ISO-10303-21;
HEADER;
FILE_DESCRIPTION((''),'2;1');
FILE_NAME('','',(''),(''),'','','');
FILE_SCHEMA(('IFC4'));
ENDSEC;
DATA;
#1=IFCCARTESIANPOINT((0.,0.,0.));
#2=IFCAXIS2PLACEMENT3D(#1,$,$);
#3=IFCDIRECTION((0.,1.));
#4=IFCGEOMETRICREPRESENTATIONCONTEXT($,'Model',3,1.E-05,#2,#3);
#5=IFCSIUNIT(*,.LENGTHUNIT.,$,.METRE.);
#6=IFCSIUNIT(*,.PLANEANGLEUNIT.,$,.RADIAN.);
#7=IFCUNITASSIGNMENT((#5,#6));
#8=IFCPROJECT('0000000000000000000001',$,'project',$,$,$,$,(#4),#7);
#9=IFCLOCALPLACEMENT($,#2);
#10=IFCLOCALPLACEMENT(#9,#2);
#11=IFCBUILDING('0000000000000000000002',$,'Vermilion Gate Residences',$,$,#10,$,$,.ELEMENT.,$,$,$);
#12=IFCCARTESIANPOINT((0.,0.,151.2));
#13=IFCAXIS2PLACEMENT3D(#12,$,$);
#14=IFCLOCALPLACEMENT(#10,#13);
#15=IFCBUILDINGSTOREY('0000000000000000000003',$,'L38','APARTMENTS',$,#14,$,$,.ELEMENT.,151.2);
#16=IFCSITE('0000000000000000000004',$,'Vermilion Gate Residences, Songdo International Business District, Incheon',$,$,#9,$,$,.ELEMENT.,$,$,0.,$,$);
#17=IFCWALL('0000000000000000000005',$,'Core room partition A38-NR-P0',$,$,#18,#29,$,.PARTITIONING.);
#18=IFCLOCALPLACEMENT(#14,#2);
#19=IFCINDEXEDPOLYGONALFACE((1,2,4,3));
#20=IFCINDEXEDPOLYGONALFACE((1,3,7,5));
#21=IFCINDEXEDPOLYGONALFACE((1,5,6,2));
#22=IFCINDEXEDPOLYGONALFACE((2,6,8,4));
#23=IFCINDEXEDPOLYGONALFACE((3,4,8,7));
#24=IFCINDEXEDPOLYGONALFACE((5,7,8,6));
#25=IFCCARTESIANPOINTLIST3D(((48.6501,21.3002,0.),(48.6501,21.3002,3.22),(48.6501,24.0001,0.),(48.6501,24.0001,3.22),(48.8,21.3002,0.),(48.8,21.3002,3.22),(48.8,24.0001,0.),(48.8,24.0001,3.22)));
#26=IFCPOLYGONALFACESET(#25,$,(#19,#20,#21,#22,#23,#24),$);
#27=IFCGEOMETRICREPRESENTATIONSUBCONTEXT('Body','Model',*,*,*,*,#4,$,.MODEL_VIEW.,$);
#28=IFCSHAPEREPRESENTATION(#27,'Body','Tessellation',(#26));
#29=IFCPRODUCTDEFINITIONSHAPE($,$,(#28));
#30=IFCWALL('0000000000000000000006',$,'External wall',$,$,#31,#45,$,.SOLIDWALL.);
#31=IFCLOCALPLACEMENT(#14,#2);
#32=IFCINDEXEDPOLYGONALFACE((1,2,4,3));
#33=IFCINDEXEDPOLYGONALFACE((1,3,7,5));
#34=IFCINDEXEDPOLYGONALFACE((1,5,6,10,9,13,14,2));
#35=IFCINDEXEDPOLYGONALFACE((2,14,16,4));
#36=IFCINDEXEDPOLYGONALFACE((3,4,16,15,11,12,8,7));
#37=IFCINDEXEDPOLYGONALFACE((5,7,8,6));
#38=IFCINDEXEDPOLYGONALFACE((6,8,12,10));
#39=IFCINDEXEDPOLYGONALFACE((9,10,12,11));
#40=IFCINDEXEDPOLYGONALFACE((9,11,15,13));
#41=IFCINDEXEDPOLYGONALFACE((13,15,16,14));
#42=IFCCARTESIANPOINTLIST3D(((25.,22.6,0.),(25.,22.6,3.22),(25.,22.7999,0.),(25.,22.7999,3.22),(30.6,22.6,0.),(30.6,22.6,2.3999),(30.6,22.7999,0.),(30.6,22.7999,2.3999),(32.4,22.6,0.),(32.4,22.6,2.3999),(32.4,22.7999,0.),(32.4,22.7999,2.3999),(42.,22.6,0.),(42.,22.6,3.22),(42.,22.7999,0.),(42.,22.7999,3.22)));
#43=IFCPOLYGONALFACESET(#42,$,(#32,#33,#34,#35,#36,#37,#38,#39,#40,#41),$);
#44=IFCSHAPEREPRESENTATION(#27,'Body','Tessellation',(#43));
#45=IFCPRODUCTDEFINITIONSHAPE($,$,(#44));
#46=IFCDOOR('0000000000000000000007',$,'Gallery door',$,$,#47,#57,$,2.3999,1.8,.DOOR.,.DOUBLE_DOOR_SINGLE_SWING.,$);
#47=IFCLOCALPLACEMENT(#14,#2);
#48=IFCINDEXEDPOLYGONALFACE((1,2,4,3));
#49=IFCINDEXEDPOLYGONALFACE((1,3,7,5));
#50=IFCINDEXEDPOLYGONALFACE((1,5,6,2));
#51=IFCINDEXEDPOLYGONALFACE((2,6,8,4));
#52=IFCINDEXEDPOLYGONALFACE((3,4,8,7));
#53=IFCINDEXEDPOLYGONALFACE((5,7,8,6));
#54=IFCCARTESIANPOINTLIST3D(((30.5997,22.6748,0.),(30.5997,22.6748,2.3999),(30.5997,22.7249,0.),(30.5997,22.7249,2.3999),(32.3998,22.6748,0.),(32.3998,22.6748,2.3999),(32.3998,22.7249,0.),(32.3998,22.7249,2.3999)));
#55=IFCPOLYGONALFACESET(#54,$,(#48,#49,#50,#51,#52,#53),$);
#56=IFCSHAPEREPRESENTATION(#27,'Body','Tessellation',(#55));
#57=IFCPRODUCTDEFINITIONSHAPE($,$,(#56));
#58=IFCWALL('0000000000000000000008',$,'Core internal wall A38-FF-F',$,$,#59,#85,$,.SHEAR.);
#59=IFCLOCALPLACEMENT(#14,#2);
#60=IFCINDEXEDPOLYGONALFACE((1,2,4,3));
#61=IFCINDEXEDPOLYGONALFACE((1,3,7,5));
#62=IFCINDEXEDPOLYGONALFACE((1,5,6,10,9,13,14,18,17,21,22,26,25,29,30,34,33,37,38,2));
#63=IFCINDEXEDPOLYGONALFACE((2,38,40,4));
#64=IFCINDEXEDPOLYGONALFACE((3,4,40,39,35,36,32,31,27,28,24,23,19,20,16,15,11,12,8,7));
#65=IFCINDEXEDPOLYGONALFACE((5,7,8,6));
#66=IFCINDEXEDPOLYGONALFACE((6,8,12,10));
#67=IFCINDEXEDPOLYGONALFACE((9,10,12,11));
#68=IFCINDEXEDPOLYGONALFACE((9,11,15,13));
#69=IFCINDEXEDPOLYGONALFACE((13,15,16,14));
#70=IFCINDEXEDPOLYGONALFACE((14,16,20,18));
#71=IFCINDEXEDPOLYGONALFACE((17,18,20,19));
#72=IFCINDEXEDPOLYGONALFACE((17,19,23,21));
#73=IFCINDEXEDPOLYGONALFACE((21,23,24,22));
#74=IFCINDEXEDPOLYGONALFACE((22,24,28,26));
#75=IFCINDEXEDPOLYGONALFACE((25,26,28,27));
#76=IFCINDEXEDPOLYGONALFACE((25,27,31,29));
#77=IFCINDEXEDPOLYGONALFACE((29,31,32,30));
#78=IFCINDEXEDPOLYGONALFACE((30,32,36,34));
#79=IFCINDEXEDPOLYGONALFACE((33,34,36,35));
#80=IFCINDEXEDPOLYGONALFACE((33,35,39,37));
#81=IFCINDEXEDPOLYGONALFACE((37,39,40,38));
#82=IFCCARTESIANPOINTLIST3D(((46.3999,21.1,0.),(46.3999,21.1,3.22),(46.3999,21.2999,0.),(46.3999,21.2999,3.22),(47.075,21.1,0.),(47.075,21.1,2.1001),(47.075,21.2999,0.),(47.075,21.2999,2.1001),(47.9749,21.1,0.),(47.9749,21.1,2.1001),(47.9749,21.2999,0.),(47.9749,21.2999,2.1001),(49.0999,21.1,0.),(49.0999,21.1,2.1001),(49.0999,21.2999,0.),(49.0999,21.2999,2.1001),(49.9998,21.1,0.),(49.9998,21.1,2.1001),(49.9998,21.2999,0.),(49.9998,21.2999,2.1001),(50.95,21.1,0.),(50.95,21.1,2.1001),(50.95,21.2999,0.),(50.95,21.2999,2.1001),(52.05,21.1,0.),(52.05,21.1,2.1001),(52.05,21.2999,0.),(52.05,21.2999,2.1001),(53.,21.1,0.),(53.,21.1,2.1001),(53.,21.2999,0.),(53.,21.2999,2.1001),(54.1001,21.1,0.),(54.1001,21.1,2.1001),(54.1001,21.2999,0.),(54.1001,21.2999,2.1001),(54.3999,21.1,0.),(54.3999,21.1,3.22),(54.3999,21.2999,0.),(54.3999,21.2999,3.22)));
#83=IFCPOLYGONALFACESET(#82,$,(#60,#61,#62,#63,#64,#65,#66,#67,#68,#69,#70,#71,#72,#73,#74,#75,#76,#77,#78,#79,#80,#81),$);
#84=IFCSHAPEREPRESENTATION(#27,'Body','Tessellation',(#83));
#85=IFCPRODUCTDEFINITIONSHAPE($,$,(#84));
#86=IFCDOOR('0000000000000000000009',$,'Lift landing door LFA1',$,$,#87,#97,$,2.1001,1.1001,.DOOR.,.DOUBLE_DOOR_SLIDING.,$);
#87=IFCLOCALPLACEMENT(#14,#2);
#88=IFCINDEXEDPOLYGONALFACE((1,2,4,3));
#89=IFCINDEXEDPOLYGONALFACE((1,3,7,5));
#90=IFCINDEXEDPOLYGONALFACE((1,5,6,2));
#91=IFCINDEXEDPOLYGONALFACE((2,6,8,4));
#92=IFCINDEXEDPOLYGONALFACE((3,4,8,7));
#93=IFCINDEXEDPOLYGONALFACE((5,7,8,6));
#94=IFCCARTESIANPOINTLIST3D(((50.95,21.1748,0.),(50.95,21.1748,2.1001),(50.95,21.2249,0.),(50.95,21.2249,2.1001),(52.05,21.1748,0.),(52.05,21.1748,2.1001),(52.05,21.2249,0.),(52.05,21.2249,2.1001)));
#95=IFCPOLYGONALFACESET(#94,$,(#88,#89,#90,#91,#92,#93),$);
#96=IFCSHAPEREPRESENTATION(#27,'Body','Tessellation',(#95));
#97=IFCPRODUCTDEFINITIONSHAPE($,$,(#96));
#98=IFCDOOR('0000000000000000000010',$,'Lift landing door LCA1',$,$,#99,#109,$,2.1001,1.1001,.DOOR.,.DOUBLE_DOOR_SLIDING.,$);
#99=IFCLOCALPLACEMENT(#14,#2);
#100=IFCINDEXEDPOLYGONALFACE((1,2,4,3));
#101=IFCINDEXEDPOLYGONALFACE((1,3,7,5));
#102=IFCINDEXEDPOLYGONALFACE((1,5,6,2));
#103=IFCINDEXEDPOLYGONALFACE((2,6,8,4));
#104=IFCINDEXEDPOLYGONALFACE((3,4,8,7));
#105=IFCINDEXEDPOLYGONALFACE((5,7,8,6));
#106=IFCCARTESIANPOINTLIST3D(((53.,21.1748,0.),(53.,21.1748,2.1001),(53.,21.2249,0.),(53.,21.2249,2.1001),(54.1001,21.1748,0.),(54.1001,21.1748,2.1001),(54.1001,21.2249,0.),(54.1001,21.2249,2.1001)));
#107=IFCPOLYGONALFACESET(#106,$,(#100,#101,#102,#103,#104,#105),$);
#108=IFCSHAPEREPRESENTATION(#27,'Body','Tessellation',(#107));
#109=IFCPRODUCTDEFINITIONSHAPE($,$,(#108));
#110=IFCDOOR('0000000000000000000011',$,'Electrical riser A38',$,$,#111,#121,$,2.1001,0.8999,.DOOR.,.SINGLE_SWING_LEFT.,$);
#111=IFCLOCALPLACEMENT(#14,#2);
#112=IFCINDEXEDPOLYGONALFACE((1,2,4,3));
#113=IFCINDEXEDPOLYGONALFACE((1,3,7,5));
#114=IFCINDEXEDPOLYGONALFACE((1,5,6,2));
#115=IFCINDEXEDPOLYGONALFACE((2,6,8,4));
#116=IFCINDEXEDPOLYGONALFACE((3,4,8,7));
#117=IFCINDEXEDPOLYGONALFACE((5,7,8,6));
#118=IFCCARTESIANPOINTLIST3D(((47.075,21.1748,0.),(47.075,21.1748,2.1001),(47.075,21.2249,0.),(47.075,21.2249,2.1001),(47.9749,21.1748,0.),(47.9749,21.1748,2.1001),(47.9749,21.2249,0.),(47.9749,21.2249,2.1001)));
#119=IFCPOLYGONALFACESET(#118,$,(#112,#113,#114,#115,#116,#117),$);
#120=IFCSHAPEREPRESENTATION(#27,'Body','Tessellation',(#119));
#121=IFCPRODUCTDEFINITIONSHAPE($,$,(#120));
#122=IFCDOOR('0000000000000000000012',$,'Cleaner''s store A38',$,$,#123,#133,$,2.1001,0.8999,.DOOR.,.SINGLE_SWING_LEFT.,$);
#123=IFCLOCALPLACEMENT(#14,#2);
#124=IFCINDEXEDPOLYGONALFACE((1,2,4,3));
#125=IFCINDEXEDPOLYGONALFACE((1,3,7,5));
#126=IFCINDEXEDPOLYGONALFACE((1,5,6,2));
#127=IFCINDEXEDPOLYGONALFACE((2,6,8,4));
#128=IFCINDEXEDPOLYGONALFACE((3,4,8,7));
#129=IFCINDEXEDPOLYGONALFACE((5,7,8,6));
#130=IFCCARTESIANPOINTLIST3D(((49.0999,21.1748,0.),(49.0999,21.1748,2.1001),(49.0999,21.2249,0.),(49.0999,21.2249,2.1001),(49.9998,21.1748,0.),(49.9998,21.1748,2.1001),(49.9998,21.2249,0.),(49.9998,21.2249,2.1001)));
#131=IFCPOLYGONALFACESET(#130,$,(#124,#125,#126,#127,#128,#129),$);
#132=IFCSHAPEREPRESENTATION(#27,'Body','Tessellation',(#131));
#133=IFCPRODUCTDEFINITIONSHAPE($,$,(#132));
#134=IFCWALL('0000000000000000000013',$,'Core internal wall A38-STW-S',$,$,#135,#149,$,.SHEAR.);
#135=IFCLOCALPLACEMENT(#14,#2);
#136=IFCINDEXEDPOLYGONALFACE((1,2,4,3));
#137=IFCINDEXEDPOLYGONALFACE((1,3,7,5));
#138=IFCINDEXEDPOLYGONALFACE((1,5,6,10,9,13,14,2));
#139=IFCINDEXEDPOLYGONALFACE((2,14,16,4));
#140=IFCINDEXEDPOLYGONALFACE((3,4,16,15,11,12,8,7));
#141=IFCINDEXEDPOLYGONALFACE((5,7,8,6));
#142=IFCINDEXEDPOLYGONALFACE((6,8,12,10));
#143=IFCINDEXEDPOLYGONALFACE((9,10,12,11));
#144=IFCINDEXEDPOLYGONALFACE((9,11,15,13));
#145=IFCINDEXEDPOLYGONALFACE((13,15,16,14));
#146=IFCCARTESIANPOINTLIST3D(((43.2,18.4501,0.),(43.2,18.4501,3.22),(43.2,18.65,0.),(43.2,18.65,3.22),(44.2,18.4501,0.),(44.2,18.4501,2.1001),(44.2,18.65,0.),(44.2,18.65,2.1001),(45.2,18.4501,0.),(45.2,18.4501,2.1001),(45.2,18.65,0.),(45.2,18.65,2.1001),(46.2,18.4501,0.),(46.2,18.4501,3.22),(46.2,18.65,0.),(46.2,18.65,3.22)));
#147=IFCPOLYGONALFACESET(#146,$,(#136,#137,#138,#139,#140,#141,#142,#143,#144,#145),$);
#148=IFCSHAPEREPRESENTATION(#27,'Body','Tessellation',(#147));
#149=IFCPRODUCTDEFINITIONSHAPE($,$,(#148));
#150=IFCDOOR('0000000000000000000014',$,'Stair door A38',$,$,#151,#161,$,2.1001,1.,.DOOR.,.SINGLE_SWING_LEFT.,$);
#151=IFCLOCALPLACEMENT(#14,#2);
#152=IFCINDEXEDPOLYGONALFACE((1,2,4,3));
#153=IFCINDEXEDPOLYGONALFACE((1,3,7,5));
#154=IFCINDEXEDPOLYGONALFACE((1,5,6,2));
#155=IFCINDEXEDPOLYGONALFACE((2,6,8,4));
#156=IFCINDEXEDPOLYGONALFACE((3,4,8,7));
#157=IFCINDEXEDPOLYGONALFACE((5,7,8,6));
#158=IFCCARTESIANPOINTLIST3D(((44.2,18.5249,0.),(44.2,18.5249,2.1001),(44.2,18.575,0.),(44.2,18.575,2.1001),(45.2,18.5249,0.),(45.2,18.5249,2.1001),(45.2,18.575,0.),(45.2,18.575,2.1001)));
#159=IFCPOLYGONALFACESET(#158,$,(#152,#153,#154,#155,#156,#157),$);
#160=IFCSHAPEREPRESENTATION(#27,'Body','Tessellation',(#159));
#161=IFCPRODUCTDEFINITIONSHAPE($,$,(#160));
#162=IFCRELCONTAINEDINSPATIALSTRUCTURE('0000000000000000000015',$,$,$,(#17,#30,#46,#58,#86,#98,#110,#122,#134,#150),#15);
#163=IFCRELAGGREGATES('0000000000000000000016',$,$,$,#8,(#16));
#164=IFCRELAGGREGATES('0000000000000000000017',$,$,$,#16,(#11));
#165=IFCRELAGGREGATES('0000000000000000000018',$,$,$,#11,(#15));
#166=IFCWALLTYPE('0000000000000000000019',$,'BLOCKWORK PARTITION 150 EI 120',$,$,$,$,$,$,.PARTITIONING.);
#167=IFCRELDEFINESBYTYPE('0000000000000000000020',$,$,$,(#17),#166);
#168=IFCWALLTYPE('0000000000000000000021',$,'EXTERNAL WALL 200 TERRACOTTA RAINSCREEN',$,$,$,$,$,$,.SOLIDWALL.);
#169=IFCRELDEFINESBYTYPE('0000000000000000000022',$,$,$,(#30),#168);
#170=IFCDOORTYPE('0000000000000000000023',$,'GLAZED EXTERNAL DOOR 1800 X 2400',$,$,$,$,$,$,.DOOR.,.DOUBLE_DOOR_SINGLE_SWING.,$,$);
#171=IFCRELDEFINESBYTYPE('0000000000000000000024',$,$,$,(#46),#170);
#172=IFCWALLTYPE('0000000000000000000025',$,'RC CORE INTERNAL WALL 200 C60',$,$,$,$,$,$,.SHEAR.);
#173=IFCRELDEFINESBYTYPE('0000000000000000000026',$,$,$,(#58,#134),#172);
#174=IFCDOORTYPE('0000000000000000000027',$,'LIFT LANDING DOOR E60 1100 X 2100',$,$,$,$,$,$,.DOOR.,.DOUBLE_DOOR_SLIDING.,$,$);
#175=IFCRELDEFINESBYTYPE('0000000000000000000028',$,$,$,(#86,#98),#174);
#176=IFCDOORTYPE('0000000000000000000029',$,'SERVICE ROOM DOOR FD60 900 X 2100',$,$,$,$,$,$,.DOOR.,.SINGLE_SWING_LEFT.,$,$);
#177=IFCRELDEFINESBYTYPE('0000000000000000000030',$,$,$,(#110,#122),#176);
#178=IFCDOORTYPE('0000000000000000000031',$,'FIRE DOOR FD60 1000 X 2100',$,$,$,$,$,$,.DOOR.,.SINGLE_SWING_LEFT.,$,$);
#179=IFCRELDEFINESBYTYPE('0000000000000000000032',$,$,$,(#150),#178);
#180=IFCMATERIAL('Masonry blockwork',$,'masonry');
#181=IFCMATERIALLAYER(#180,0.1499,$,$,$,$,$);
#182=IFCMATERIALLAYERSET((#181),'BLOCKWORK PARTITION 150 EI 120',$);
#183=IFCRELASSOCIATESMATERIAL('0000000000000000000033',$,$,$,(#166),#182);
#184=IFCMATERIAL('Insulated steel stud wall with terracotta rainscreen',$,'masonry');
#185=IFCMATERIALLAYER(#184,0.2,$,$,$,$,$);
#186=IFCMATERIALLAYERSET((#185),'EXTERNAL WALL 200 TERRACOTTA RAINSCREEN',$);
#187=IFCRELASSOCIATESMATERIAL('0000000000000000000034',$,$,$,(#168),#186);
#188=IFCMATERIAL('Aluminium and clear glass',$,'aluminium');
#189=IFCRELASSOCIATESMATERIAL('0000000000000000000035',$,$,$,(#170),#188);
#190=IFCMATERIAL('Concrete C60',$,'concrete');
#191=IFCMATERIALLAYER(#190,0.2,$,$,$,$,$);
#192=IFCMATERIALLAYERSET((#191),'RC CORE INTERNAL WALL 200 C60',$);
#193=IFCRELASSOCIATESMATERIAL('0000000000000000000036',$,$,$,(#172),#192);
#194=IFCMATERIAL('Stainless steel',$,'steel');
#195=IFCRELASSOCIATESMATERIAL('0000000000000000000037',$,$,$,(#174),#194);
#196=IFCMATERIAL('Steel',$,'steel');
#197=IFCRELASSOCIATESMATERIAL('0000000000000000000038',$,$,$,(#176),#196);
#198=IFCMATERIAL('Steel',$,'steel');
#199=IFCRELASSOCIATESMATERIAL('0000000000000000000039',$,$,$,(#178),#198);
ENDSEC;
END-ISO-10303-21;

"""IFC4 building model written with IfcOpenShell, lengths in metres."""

from ifc_helpers import new_model, si_unit, direction, frame, frame_2d, origin, place, context, subcontext, project, spatial, rectangle, extrude, material, layer, layer_set, type_object, element, fill, save


model = new_model("IFC4")

# Units and contexts
model_context = context("Model", 3, precision=1e-05, world=origin(), true_north=direction((0.0, 1.0)))
body_context = subcontext(model_context, "Body", "Model", "MODEL_VIEW")
ifc_project = project(units=[si_unit("LENGTHUNIT", "METRE"), si_unit("PLANEANGLEUNIT", "RADIAN")], contexts=[model_context])

# Site, building, storey
site_placement = place(None, origin())
site = spatial("IfcSite", under=ifc_project, at=site_placement, Name="Vermilion Gate Residences, Songdo International Business District, Incheon", CompositionType="ELEMENT", RefElevation=0.0)
building_placement = place(site_placement, origin())
building = spatial("IfcBuilding", under=site, at=building_placement, Name="Vermilion Gate Residences", CompositionType="ELEMENT")
storey_placement = place(building_placement, frame((0.0, 0.0, 151.2)))
storey = spatial("IfcBuildingStorey", under=building, at=storey_placement, Name="L38", Description="APARTMENTS", CompositionType="ELEMENT", Elevation=151.2)

# Wall
ifc_material_1 = material(Name="Masonry blockwork", Category="masonry")
ifc_layer_1 = layer(ifc_material_1, 0.1499)
ifc_layer_set_1 = layer_set([ifc_layer_1], Name="BLOCKWORK PARTITION 150 EI 120")
wall_type_1 = type_object("IfcWallType", Name="BLOCKWORK PARTITION 150 EI 120", PredefinedType="PARTITIONING", material=ifc_layer_set_1)
wall_1_placement = place(storey_placement, frame((48.7251, 21.3, 0.0), z_axis=(0.0, 0.0, 1.0), x_axis=(0.0, 1.0, 0.0)))
element("IfcWall", 1, at=wall_1_placement, inside=storey, type_object=wall_type_1, Name="Core room partition A38-NR-P0", PredefinedType="PARTITIONING", context=body_context, shape_type="SweptSolid", body=[
    extrude(rectangle(XDim=2.7, YDim=0.1499, at=frame_2d((1.3501, 0.0))), origin(), (0.0, 0.0, 1.0), 3.22),
])

# Wall, opening, door
ifc_material_2 = material(Name="Insulated steel stud wall with terracotta rainscreen", Category="masonry")
ifc_layer_2 = layer(ifc_material_2, 0.2)
ifc_layer_set_2 = layer_set([ifc_layer_2], Name="EXTERNAL WALL 200 TERRACOTTA RAINSCREEN")
wall_type_2 = type_object("IfcWallType", Name="EXTERNAL WALL 200 TERRACOTTA RAINSCREEN", PredefinedType="SOLIDWALL", material=ifc_layer_set_2)
wall_2_placement = place(storey_placement, frame((42.0, 22.7, 0.0), z_axis=(0.0, 0.0, 1.0), x_axis=(-1.0, 0.0, 0.0)))
wall_2 = element("IfcWall", 2, at=wall_2_placement, inside=storey, type_object=wall_type_2, Name="External wall", PredefinedType="SOLIDWALL", context=body_context, shape_type="SweptSolid", body=[
    extrude(rectangle(XDim=17.0, YDim=0.2, at=frame_2d((8.5, 0.0))), origin(), (0.0, 0.0, 1.0), 3.22),
])
opening_1_placement = place(wall_2_placement, frame((9.6001, 0.0, 0.0)))
opening_1 = element("IfcOpeningElement", 3, at=opening_1_placement, cuts=wall_2, PredefinedType="OPENING", context=body_context, shape_type="SweptSolid", body=[
    extrude(rectangle(XDim=1.8, YDim=2.3999, at=frame_2d((0.8999, 1.2))), frame((0.0, 0.1099, 0.0), z_axis=(0.0, -1.0, 0.0), x_axis=(1.0, 0.0, 0.0)), (0.0, 0.0, 1.0), 0.22),
])
ifc_material_3 = material(Name="Aluminium and clear glass", Category="aluminium")
door_type_1 = type_object("IfcDoorType", Name="GLAZED EXTERNAL DOOR 1800 X 2400", OperationType="DOUBLE_DOOR_SINGLE_SWING", PredefinedType="DOOR", material=ifc_material_3)
door_1_placement = place(opening_1_placement, frame((1.8, 0.0, 0.0), z_axis=(0.0, 0.0, 1.0), x_axis=(-1.0, 0.0, 0.0)))
door_1 = element("IfcDoor", 4, at=door_1_placement, inside=storey, type_object=door_type_1, Name="Gallery door", OperationType="DOUBLE_DOOR_SINGLE_SWING", OverallHeight=2.3999, OverallWidth=1.8, PredefinedType="DOOR", context=body_context, shape_type="SweptSolid", body=[
    extrude(rectangle(XDim=1.8, YDim=2.3999, at=frame_2d((0.8999, 1.2))), frame((0.0, 0.0249, 0.0), z_axis=(0.0, -1.0, 0.0), x_axis=(1.0, 0.0, 0.0)), (0.0, 0.0, 1.0), 0.05),
])
fill(opening_1, door_1)

# Wall, openings, doors
ifc_material_4 = material(Name="Concrete C60", Category="concrete")
ifc_layer_3 = layer(ifc_material_4, 0.2)
ifc_layer_set_3 = layer_set([ifc_layer_3], Name="RC CORE INTERNAL WALL 200 C60")
wall_type_3 = type_object("IfcWallType", Name="RC CORE INTERNAL WALL 200 C60", PredefinedType="SHEAR", material=ifc_layer_set_3)
wall_3_placement = place(storey_placement, frame((46.3999, 21.2, 0.0), z_axis=(0.0, 0.0, 1.0), x_axis=(1.0, 0.0, 0.0)))
wall_3 = element("IfcWall", 5, at=wall_3_placement, inside=storey, type_object=wall_type_3, Name="Core internal wall A38-FF-F", PredefinedType="SHEAR", context=body_context, shape_type="SweptSolid", body=[
    extrude(rectangle(XDim=8.0, YDim=0.2, at=frame_2d((4.0, 0.0))), origin(), (0.0, 0.0, 1.0), 3.22),
])
opening_2_placement = place(wall_3_placement, frame((0.675, 0.0, 0.0)))
opening_2 = element("IfcOpeningElement", 6, at=opening_2_placement, cuts=wall_3, PredefinedType="OPENING", context=body_context, shape_type="SweptSolid", body=[
    extrude(rectangle(XDim=0.8999, YDim=2.1001, at=frame_2d((0.45, 1.05))), frame((0.0, 0.1099, 0.0), z_axis=(0.0, -1.0, 0.0), x_axis=(1.0, 0.0, 0.0)), (0.0, 0.0, 1.0), 0.22),
])
opening_3_placement = place(wall_3_placement, frame((2.7, 0.0, 0.0)))
opening_3 = element("IfcOpeningElement", 7, at=opening_3_placement, cuts=wall_3, PredefinedType="OPENING", context=body_context, shape_type="SweptSolid", body=[
    extrude(rectangle(XDim=0.8999, YDim=2.1001, at=frame_2d((0.45, 1.05))), frame((0.0, 0.1099, 0.0), z_axis=(0.0, -1.0, 0.0), x_axis=(1.0, 0.0, 0.0)), (0.0, 0.0, 1.0), 0.22),
])
opening_4_placement = place(wall_3_placement, frame((4.55, 0.0, 0.0)))
opening_4 = element("IfcOpeningElement", 8, at=opening_4_placement, cuts=wall_3, PredefinedType="OPENING", context=body_context, shape_type="SweptSolid", body=[
    extrude(rectangle(XDim=1.1001, YDim=2.1001, at=frame_2d((0.55, 1.05))), frame((0.0, 0.1099, 0.0), z_axis=(0.0, -1.0, 0.0), x_axis=(1.0, 0.0, 0.0)), (0.0, 0.0, 1.0), 0.22),
])
opening_5_placement = place(wall_3_placement, frame((6.6001, 0.0, 0.0)))
opening_5 = element("IfcOpeningElement", 9, at=opening_5_placement, cuts=wall_3, PredefinedType="OPENING", context=body_context, shape_type="SweptSolid", body=[
    extrude(rectangle(XDim=1.1001, YDim=2.1001, at=frame_2d((0.55, 1.05))), frame((0.0, 0.1099, 0.0), z_axis=(0.0, -1.0, 0.0), x_axis=(1.0, 0.0, 0.0)), (0.0, 0.0, 1.0), 0.22),
])
ifc_material_5 = material(Name="Stainless steel", Category="steel")
door_type_2 = type_object("IfcDoorType", Name="LIFT LANDING DOOR E60 1100 X 2100", OperationType="DOUBLE_DOOR_SLIDING", PredefinedType="DOOR", material=ifc_material_5)
door_2_placement = place(opening_4_placement, origin())
door_2 = element("IfcDoor", 10, at=door_2_placement, inside=storey, type_object=door_type_2, Name="Lift landing door LFA1", OperationType="DOUBLE_DOOR_SLIDING", OverallHeight=2.1001, OverallWidth=1.1001, PredefinedType="DOOR", context=body_context, shape_type="SweptSolid", body=[
    extrude(rectangle(XDim=1.1001, YDim=2.1001, at=frame_2d((0.55, 1.05))), frame((0.0, 0.0249, 0.0), z_axis=(0.0, -1.0, 0.0), x_axis=(1.0, 0.0, 0.0)), (0.0, 0.0, 1.0), 0.05),
])
fill(opening_4, door_2)
door_3_placement = place(opening_5_placement, origin())
door_3 = element("IfcDoor", 11, at=door_3_placement, inside=storey, type_object=door_type_2, Name="Lift landing door LCA1", OperationType="DOUBLE_DOOR_SLIDING", OverallHeight=2.1001, OverallWidth=1.1001, PredefinedType="DOOR", context=body_context, shape_type="SweptSolid", body=[
    extrude(rectangle(XDim=1.1001, YDim=2.1001, at=frame_2d((0.55, 1.05))), frame((0.0, 0.0249, 0.0), z_axis=(0.0, -1.0, 0.0), x_axis=(1.0, 0.0, 0.0)), (0.0, 0.0, 1.0), 0.05),
])
fill(opening_5, door_3)
ifc_material_6 = material(Name="Steel", Category="steel")
door_type_3 = type_object("IfcDoorType", Name="SERVICE ROOM DOOR FD60 900 X 2100", OperationType="SINGLE_SWING_LEFT", PredefinedType="DOOR", material=ifc_material_6)
door_4_placement = place(opening_2_placement, origin())
door_4 = element("IfcDoor", 12, at=door_4_placement, inside=storey, type_object=door_type_3, Name="Electrical riser A38", OperationType="SINGLE_SWING_LEFT", OverallHeight=2.1001, OverallWidth=0.8999, PredefinedType="DOOR", context=body_context, shape_type="SweptSolid", body=[
    extrude(rectangle(XDim=0.8999, YDim=2.1001, at=frame_2d((0.45, 1.05))), frame((0.0, 0.0249, 0.0), z_axis=(0.0, -1.0, 0.0), x_axis=(1.0, 0.0, 0.0)), (0.0, 0.0, 1.0), 0.05),
])
fill(opening_2, door_4)
door_5_placement = place(opening_3_placement, origin())
door_5 = element("IfcDoor", 13, at=door_5_placement, inside=storey, type_object=door_type_3, Name="Cleaner's store A38", OperationType="SINGLE_SWING_LEFT", OverallHeight=2.1001, OverallWidth=0.8999, PredefinedType="DOOR", context=body_context, shape_type="SweptSolid", body=[
    extrude(rectangle(XDim=0.8999, YDim=2.1001, at=frame_2d((0.45, 1.05))), frame((0.0, 0.0249, 0.0), z_axis=(0.0, -1.0, 0.0), x_axis=(1.0, 0.0, 0.0)), (0.0, 0.0, 1.0), 0.05),
])
fill(opening_3, door_5)

# Wall, opening, door
wall_4_placement = place(storey_placement, frame((43.2, 18.55, 0.0), z_axis=(0.0, 0.0, 1.0), x_axis=(1.0, 0.0, 0.0)))
wall_4 = element("IfcWall", 14, at=wall_4_placement, inside=storey, type_object=wall_type_3, Name="Core internal wall A38-STW-S", PredefinedType="SHEAR", context=body_context, shape_type="SweptSolid", body=[
    extrude(rectangle(XDim=3.0, YDim=0.2, at=frame_2d((1.5, 0.0))), origin(), (0.0, 0.0, 1.0), 3.22),
])
opening_6_placement = place(wall_4_placement, frame((1.0, 0.0, 0.0)))
opening_6 = element("IfcOpeningElement", 15, at=opening_6_placement, cuts=wall_4, PredefinedType="OPENING", context=body_context, shape_type="SweptSolid", body=[
    extrude(rectangle(XDim=1.0, YDim=2.1001, at=frame_2d((0.5, 1.05))), frame((0.0, 0.1099, 0.0), z_axis=(0.0, -1.0, 0.0), x_axis=(1.0, 0.0, 0.0)), (0.0, 0.0, 1.0), 0.22),
])
ifc_material_7 = material(Name="Steel", Category="steel")
door_type_4 = type_object("IfcDoorType", Name="FIRE DOOR FD60 1000 X 2100", OperationType="SINGLE_SWING_LEFT", PredefinedType="DOOR", material=ifc_material_7)
door_6_placement = place(opening_6_placement, origin())
door_6 = element("IfcDoor", 16, at=door_6_placement, inside=storey, type_object=door_type_4, Name="Stair door A38", OperationType="SINGLE_SWING_LEFT", OverallHeight=2.1001, OverallWidth=1.0, PredefinedType="DOOR", context=body_context, shape_type="SweptSolid", body=[
    extrude(rectangle(XDim=1.0, YDim=2.1001, at=frame_2d((0.5, 1.05))), frame((0.0, 0.0249, 0.0), z_axis=(0.0, -1.0, 0.0), x_axis=(1.0, 0.0, 0.0)), (0.0, 0.0, 1.0), 0.05),
])
fill(opening_6, door_6)

save(model, "model.ifc")
